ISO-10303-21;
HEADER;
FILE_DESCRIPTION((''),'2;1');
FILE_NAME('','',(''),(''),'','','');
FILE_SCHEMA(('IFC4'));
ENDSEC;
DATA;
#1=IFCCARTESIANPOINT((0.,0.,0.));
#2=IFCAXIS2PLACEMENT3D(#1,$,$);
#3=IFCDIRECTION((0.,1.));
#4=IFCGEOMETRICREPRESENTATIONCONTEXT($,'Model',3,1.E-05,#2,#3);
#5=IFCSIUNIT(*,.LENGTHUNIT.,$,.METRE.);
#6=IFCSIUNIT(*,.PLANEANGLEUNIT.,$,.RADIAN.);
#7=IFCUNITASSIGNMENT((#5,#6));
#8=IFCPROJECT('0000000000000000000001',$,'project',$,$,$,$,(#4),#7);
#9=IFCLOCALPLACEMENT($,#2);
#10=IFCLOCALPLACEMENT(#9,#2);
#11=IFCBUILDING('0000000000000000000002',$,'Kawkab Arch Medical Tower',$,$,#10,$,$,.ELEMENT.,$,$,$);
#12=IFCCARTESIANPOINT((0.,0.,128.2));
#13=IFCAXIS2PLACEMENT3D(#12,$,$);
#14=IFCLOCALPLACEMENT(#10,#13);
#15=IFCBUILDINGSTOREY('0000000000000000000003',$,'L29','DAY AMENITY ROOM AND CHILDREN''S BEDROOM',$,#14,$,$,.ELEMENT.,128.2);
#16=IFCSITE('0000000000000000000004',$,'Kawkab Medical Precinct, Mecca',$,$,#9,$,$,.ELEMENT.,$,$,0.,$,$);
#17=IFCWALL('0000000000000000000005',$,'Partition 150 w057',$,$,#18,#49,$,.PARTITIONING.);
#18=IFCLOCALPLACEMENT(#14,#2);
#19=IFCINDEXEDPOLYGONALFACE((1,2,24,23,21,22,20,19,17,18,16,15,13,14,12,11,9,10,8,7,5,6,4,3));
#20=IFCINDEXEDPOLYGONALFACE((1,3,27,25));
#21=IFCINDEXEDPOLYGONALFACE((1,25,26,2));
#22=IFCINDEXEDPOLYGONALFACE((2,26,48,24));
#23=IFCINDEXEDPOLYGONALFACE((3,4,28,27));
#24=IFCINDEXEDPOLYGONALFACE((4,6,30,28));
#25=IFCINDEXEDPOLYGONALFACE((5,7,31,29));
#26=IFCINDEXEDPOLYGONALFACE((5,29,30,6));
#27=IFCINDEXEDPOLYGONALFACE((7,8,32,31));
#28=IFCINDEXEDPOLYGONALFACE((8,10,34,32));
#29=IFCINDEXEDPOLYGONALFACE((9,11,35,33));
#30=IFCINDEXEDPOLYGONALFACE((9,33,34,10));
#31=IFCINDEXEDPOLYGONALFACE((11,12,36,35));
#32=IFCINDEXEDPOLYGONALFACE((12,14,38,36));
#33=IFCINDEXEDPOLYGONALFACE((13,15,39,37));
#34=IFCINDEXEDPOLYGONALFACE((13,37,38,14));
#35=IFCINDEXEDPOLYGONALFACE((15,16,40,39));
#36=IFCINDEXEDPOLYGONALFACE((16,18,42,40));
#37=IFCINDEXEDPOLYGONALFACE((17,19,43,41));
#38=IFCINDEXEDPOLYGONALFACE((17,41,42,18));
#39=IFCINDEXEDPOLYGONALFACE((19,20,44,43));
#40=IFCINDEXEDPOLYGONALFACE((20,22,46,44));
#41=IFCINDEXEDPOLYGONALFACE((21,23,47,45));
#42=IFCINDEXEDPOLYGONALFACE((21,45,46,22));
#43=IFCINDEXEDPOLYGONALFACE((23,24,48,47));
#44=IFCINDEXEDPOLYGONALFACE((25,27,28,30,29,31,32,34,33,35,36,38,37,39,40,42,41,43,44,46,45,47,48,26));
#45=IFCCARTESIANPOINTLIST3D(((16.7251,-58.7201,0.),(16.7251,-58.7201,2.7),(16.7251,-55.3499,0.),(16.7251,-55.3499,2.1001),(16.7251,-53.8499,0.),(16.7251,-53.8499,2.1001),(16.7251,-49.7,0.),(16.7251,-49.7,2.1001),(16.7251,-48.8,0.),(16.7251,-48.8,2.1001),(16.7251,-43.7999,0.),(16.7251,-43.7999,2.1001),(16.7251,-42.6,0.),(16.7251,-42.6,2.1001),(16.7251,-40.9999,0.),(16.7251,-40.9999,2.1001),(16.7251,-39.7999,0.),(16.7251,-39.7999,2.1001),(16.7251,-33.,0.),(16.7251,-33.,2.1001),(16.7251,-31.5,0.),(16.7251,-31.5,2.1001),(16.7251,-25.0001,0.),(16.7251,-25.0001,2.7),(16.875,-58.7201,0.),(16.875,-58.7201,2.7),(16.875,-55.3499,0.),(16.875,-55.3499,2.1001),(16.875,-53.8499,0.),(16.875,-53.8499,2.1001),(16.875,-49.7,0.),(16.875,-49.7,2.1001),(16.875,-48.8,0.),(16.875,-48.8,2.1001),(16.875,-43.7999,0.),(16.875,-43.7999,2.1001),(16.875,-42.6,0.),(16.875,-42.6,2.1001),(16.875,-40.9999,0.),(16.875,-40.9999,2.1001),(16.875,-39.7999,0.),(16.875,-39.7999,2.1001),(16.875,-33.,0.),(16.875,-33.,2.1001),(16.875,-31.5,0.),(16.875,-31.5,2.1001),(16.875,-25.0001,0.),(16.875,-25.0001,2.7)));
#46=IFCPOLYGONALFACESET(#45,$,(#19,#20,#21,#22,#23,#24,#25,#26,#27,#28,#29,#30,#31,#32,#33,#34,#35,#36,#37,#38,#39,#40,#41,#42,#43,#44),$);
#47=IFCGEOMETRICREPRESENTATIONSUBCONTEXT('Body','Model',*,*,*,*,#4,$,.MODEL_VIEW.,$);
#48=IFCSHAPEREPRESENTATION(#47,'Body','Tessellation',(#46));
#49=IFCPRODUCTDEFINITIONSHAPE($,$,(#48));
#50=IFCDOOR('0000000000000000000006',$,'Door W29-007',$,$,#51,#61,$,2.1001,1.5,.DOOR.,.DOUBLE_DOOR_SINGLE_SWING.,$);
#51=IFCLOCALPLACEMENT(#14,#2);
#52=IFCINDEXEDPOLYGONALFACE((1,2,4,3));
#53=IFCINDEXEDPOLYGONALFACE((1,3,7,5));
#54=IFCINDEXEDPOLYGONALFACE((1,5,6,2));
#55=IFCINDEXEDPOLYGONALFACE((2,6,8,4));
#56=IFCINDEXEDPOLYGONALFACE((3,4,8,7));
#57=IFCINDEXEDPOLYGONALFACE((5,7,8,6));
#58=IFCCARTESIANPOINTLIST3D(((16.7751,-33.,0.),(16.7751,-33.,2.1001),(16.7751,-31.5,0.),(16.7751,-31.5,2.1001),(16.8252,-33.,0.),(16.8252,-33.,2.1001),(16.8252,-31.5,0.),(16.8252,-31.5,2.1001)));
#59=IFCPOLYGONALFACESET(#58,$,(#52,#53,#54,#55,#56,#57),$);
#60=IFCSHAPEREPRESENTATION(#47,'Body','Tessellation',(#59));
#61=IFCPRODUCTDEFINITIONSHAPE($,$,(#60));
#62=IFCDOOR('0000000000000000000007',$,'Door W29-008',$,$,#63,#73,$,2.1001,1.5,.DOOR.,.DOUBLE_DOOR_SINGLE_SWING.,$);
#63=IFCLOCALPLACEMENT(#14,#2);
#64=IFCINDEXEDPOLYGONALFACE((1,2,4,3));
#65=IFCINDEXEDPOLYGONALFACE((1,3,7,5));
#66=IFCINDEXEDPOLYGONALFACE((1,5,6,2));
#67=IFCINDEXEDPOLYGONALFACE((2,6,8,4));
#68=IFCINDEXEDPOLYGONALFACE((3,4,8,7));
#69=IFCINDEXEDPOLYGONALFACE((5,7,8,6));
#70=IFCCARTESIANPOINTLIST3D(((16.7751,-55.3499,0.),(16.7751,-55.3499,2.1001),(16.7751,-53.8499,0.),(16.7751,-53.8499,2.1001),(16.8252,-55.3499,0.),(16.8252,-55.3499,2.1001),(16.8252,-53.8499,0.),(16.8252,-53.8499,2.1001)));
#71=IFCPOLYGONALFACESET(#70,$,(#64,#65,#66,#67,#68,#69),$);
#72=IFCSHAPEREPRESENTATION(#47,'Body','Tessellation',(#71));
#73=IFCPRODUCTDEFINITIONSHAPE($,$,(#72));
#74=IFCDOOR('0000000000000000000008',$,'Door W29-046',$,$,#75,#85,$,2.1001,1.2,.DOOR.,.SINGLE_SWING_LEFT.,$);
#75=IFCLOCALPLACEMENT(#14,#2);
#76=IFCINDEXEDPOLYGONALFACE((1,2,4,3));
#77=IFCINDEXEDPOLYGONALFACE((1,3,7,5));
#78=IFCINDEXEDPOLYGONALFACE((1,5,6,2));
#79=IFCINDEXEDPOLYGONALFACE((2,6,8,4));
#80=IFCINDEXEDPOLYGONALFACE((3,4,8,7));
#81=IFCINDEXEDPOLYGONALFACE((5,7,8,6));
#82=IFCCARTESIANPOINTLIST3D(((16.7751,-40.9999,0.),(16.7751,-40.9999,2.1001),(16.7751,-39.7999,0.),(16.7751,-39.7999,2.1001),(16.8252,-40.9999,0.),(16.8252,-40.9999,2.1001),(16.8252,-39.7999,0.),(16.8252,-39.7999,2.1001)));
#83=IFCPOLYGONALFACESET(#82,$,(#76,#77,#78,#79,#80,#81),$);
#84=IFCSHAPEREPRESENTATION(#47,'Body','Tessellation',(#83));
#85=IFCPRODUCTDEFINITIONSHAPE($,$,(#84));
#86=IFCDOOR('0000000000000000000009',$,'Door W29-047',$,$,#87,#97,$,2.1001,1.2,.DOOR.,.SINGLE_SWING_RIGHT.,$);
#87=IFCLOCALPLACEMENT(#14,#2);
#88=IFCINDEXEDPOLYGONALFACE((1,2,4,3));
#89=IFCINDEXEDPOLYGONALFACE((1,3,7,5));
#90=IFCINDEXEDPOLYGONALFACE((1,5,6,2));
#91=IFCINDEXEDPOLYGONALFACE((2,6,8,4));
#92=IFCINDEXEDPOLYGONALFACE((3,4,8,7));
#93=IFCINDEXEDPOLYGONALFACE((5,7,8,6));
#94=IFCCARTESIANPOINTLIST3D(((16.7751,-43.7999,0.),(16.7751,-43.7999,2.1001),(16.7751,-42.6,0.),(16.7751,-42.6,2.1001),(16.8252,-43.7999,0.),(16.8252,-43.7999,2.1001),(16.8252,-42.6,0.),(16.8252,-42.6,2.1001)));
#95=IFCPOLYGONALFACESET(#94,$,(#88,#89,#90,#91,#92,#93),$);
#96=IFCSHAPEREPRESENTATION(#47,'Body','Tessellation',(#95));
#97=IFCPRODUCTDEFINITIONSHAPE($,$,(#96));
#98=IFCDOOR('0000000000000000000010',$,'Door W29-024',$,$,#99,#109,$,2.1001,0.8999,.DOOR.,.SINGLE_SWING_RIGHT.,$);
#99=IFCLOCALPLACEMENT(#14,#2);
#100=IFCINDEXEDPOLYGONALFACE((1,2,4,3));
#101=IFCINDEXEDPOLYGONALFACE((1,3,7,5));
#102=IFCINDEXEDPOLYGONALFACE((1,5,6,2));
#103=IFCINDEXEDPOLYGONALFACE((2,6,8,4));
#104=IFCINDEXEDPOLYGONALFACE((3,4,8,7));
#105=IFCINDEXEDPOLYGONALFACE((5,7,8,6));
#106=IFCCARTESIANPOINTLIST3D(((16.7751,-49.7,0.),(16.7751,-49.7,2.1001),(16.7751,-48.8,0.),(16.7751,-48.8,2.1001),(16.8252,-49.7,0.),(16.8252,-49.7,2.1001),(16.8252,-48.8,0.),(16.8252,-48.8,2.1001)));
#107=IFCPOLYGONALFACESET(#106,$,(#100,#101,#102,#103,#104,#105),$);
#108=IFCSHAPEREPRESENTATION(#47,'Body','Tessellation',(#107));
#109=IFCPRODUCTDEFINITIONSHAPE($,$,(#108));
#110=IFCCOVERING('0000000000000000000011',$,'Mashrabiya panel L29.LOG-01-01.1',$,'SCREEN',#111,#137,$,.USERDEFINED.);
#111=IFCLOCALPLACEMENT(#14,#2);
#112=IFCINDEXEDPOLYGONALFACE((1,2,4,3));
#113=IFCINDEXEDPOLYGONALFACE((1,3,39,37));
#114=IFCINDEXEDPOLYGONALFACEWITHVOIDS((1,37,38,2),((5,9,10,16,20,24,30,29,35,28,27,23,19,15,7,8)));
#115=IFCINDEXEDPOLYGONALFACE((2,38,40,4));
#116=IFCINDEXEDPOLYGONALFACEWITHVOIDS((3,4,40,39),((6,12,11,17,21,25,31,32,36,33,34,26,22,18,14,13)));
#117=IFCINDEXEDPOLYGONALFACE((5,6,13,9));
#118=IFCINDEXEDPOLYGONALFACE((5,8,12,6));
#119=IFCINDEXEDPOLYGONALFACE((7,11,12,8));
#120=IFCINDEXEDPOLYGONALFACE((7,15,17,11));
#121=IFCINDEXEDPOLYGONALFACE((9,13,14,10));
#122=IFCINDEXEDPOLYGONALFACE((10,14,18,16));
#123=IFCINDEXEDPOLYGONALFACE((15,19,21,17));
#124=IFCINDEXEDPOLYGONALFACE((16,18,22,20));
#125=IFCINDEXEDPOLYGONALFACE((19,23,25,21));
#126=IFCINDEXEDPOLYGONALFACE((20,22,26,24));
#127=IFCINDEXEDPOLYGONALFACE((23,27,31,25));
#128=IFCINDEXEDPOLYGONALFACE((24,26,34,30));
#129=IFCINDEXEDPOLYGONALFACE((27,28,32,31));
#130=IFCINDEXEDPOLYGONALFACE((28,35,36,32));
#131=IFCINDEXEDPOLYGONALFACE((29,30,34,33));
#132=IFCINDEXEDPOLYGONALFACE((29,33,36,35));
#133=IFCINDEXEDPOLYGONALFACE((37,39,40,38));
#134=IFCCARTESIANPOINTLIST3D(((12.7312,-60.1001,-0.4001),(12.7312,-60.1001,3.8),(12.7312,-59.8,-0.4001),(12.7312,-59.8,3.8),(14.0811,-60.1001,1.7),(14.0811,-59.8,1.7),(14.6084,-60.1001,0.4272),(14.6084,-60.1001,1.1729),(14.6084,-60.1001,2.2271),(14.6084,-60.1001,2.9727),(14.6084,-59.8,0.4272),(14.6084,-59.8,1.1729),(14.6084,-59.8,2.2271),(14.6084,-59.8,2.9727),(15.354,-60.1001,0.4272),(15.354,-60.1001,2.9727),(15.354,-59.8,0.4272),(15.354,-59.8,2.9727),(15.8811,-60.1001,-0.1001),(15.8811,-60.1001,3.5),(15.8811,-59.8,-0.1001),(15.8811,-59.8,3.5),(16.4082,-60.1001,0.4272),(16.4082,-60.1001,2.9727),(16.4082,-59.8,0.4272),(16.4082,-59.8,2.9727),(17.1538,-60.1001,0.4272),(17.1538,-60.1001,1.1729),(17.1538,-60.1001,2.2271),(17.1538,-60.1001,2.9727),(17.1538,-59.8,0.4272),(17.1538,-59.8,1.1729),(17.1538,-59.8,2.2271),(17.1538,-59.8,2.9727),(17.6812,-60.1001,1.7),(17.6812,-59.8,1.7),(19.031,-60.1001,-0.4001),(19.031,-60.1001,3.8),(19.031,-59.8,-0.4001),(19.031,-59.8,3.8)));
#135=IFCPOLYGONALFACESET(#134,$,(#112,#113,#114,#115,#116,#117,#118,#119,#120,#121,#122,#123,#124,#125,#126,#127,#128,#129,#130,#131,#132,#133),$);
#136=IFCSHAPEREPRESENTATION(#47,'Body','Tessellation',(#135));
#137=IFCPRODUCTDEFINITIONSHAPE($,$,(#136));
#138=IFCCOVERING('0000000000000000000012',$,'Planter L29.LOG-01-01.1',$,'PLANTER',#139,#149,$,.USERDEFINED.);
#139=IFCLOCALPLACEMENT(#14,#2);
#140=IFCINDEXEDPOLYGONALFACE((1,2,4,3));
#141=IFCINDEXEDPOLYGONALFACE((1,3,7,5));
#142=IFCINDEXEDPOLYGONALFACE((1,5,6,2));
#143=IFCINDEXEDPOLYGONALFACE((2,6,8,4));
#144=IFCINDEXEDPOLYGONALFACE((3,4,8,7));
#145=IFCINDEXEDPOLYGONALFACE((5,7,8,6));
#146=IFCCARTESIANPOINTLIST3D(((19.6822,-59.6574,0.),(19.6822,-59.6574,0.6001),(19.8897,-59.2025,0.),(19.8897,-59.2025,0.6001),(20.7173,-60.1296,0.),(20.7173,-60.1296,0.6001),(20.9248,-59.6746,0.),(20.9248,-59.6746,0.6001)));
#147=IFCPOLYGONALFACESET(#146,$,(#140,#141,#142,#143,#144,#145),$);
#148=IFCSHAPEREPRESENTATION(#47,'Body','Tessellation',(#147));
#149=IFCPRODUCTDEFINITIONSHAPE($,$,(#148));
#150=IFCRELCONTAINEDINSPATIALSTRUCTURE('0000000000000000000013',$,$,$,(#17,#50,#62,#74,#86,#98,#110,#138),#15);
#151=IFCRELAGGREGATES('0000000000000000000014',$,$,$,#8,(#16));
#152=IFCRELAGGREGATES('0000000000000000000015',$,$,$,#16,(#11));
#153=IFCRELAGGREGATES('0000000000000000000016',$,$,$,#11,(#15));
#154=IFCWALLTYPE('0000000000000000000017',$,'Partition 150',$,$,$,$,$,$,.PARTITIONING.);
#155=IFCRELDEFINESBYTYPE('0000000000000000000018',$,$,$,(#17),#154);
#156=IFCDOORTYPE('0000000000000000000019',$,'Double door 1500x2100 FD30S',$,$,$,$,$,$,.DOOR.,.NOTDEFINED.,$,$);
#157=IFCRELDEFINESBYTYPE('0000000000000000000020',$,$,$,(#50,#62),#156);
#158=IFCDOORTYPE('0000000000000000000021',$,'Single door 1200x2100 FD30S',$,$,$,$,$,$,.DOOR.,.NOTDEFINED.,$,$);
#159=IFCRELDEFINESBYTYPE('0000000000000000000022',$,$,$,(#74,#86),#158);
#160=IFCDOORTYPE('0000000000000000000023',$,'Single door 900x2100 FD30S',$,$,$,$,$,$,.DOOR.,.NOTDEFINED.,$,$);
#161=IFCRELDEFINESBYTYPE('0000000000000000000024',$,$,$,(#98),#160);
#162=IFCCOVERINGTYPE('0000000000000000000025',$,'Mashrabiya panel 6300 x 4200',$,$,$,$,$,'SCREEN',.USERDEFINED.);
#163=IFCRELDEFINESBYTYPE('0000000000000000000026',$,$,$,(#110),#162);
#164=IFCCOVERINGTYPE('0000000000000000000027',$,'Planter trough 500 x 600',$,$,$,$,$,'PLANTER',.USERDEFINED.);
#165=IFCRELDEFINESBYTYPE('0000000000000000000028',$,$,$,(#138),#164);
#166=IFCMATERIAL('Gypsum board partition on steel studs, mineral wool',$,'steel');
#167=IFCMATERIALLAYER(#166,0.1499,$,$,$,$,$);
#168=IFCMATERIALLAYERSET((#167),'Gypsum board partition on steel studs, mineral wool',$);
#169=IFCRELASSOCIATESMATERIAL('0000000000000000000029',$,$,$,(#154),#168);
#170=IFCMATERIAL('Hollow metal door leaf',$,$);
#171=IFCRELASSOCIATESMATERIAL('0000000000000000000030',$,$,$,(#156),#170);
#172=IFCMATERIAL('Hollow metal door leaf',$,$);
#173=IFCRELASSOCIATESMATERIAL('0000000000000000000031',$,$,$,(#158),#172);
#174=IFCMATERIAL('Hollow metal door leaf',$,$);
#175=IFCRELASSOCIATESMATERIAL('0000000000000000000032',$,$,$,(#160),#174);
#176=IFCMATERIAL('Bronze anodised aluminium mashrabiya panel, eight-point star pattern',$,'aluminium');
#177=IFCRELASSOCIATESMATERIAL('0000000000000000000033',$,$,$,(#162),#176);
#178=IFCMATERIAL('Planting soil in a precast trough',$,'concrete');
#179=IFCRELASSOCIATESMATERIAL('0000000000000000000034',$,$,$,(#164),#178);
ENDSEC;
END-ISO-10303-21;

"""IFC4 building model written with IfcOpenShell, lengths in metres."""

from ifc_helpers import new_model, si_unit, direction, frame, frame_2d, origin, origin_2d, place, context, subcontext, project, spatial, polyline, rectangle, outline, extrude, material, layer, layer_set, material_profile, profile_set, type_object, element, fill, save


model = new_model("IFC4")

# Units and contexts
model_context = context("Model", 3, precision=1e-05, world=origin(), true_north=direction((0.0, 1.0)))
body_context = subcontext(model_context, "Body", "Model", "MODEL_VIEW")
ifc_project = project(units=[si_unit("LENGTHUNIT", "METRE"), si_unit("PLANEANGLEUNIT", "RADIAN")], contexts=[model_context])

# Site, building, storey
site_placement = place(None, origin())
site = spatial("IfcSite", under=ifc_project, at=site_placement, Name="Kawkab Medical Precinct, Mecca", CompositionType="ELEMENT", RefElevation=0.0)
building_placement = place(site_placement, origin())
building = spatial("IfcBuilding", under=site, at=building_placement, Name="Kawkab Arch Medical Tower", CompositionType="ELEMENT")
storey_placement = place(building_placement, frame((0.0, 0.0, 128.2)))
storey = spatial("IfcBuildingStorey", under=building, at=storey_placement, Name="L29", Description="DAY AMENITY ROOM AND CHILDREN'S BEDROOM", CompositionType="ELEMENT", Elevation=128.2)

# Wall, openings, doors
ifc_material_1 = material(Name="Gypsum board partition on steel studs, mineral wool", Category="steel")
ifc_layer_1 = layer(ifc_material_1, 0.1499)
ifc_layer_set_1 = layer_set([ifc_layer_1], Name="Gypsum board partition on steel studs, mineral wool")
wall_type = type_object("IfcWallType", Name="Partition 150", PredefinedType="PARTITIONING", material=ifc_layer_set_1)
wall_placement = place(storey_placement, frame((16.8, -58.72, 0.0), z_axis=(0.0, 0.0, 1.0), x_axis=(0.0, 1.0, 0.0)))
wall = element("IfcWall", 1, at=wall_placement, inside=storey, type_object=wall_type, Name="Partition 150 w057", PredefinedType="PARTITIONING", context=body_context, shape_type="SweptSolid", body=[
    extrude(rectangle(XDim=33.72, YDim=0.1499, at=frame_2d((16.8599, 0.0))), origin(), (0.0, 0.0, 1.0), 2.7),
])
opening_1_placement = place(wall_placement, frame((25.72, 0.0, 0.0)))
opening_1 = element("IfcOpeningElement", 2, at=opening_1_placement, cuts=wall, PredefinedType="OPENING", context=body_context, shape_type="SweptSolid", body=[
    extrude(rectangle(XDim=1.5, YDim=2.1001, at=frame_2d((0.75, 1.05))), frame((0.0, 0.085, 0.0), z_axis=(0.0, -1.0, 0.0), x_axis=(1.0, 0.0, 0.0)), (0.0, 0.0, 1.0), 0.1699),
])
opening_2_placement = place(wall_placement, frame((17.72, 0.0, 0.0)))
opening_2 = element("IfcOpeningElement", 3, at=opening_2_placement, cuts=wall, PredefinedType="OPENING", context=body_context, shape_type="SweptSolid", body=[
    extrude(rectangle(XDim=1.2, YDim=2.1001, at=frame_2d((0.6001, 1.05))), frame((0.0, 0.085, 0.0), z_axis=(0.0, -1.0, 0.0), x_axis=(1.0, 0.0, 0.0)), (0.0, 0.0, 1.0), 0.1699),
])
opening_3_placement = place(wall_placement, frame((14.9199, 0.0, 0.0)))
opening_3 = element("IfcOpeningElement", 4, at=opening_3_placement, cuts=wall, PredefinedType="OPENING", context=body_context, shape_type="SweptSolid", body=[
    extrude(rectangle(XDim=1.2, YDim=2.1001, at=frame_2d((0.6001, 1.05))), frame((0.0, 0.085, 0.0), z_axis=(0.0, -1.0, 0.0), x_axis=(1.0, 0.0, 0.0)), (0.0, 0.0, 1.0), 0.1699),
])
opening_4_placement = place(wall_placement, frame((9.02, 0.0, 0.0)))
opening_4 = element("IfcOpeningElement", 5, at=opening_4_placement, cuts=wall, PredefinedType="OPENING", context=body_context, shape_type="SweptSolid", body=[
    extrude(rectangle(XDim=0.8999, YDim=2.1001, at=frame_2d((0.45, 1.05))), frame((0.0, 0.085, 0.0), z_axis=(0.0, -1.0, 0.0), x_axis=(1.0, 0.0, 0.0)), (0.0, 0.0, 1.0), 0.1699),
])
opening_5_placement = place(wall_placement, frame((3.3701, 0.0, 0.0)))
opening_5 = element("IfcOpeningElement", 6, at=opening_5_placement, cuts=wall, PredefinedType="OPENING", context=body_context, shape_type="SweptSolid", body=[
    extrude(rectangle(XDim=1.5, YDim=2.1001, at=frame_2d((0.75, 1.05))), frame((0.0, 0.085, 0.0), z_axis=(0.0, -1.0, 0.0), x_axis=(1.0, 0.0, 0.0)), (0.0, 0.0, 1.0), 0.1699),
])
ifc_material_2 = material(Name="Hollow metal door leaf")
door_type_1 = type_object("IfcDoorType", Name="Double door 1500x2100 FD30S", OperationType="NOTDEFINED", PredefinedType="DOOR", material=ifc_material_2)
door_1_placement = place(opening_1_placement, origin())
door_1 = element("IfcDoor", 7, at=door_1_placement, inside=storey, type_object=door_type_1, Name="Door W29-007", OperationType="DOUBLE_DOOR_SINGLE_SWING", OverallHeight=2.1001, OverallWidth=1.5, PredefinedType="DOOR", context=body_context, shape_type="SweptSolid", body=[
    extrude(rectangle(XDim=1.5, YDim=2.1001, at=frame_2d((0.75, 1.05))), frame((0.0, 0.0249, 0.0), z_axis=(0.0, -1.0, 0.0), x_axis=(1.0, 0.0, 0.0)), (0.0, 0.0, 1.0), 0.05),
])
fill(opening_1, door_1)
door_2_placement = place(opening_5_placement, origin())
door_2 = element("IfcDoor", 8, at=door_2_placement, inside=storey, type_object=door_type_1, Name="Door W29-008", OperationType="DOUBLE_DOOR_SINGLE_SWING", OverallHeight=2.1001, OverallWidth=1.5, PredefinedType="DOOR", context=body_context, shape_type="SweptSolid", body=[
    extrude(rectangle(XDim=1.5, YDim=2.1001, at=frame_2d((0.75, 1.05))), frame((0.0, 0.0249, 0.0), z_axis=(0.0, -1.0, 0.0), x_axis=(1.0, 0.0, 0.0)), (0.0, 0.0, 1.0), 0.05),
])
fill(opening_5, door_2)
ifc_material_3 = material(Name="Hollow metal door leaf")
door_type_2 = type_object("IfcDoorType", Name="Single door 1200x2100 FD30S", OperationType="NOTDEFINED", PredefinedType="DOOR", material=ifc_material_3)
door_3_placement = place(opening_2_placement, origin())
door_3 = element("IfcDoor", 9, at=door_3_placement, inside=storey, type_object=door_type_2, Name="Door W29-046", OperationType="SINGLE_SWING_LEFT", OverallHeight=2.1001, OverallWidth=1.2, PredefinedType="DOOR", context=body_context, shape_type="SweptSolid", body=[
    extrude(rectangle(XDim=1.2, YDim=2.1001, at=frame_2d((0.6001, 1.05))), frame((0.0, 0.0249, 0.0), z_axis=(0.0, -1.0, 0.0), x_axis=(1.0, 0.0, 0.0)), (0.0, 0.0, 1.0), 0.05),
])
fill(opening_2, door_3)
door_4_placement = place(opening_3_placement, origin())
door_4 = element("IfcDoor", 10, at=door_4_placement, inside=storey, type_object=door_type_2, Name="Door W29-047", OperationType="SINGLE_SWING_RIGHT", OverallHeight=2.1001, OverallWidth=1.2, PredefinedType="DOOR", context=body_context, shape_type="SweptSolid", body=[
    extrude(rectangle(XDim=1.2, YDim=2.1001, at=frame_2d((0.6001, 1.05))), frame((0.0, 0.0249, 0.0), z_axis=(0.0, -1.0, 0.0), x_axis=(1.0, 0.0, 0.0)), (0.0, 0.0, 1.0), 0.05),
])
fill(opening_3, door_4)
ifc_material_4 = material(Name="Hollow metal door leaf")
door_type_3 = type_object("IfcDoorType", Name="Single door 900x2100 FD30S", OperationType="NOTDEFINED", PredefinedType="DOOR", material=ifc_material_4)
door_5_placement = place(opening_4_placement, origin())
door_5 = element("IfcDoor", 11, at=door_5_placement, inside=storey, type_object=door_type_3, Name="Door W29-024", OperationType="SINGLE_SWING_RIGHT", OverallHeight=2.1001, OverallWidth=0.8999, PredefinedType="DOOR", context=body_context, shape_type="SweptSolid", body=[
    extrude(rectangle(XDim=0.8999, YDim=2.1001, at=frame_2d((0.45, 1.05))), frame((0.0, 0.0249, 0.0), z_axis=(0.0, -1.0, 0.0), x_axis=(1.0, 0.0, 0.0)), (0.0, 0.0, 1.0), 0.05),
])
fill(opening_4, door_5)

# Coverings
ifc_material_5 = material(Name="Bronze anodised aluminium mashrabiya panel, eight-point star pattern", Category="aluminium")
ifc_material_profile_1 = material_profile(ifc_material_5, outline(polyline([(-3.1499, -2.1001), (3.1499, -2.1001), (3.1499, 2.1001), (-3.1499, 2.1001), (-3.1499, -2.1001)]), holes=[polyline([(1.8, 0.0), (1.2727, 0.5271), (1.2727, 1.2727), (0.5271, 1.2727), (0.0, 1.8), (-0.5271, 1.2727), (-1.2727, 1.2727), (-1.2727, 0.5271), (-1.8, 0.0), (-1.2727, -0.5271), (-1.2727, -1.2727), (-0.5271, -1.2727), (0.0, -1.8), (0.5271, -1.2727), (1.2727, -1.2727), (1.2727, -0.5271), (1.8, 0.0)])]), Name="Mashrabiya panel 6300x4200")
ifc_profile_set_1 = profile_set([ifc_material_profile_1], Name="Bronze anodised aluminium mashrabiya panel, eight-point star pattern")
covering_type_1 = type_object("IfcCoveringType", Name="Mashrabiya panel 6300 x 4200", ElementType="SCREEN", PredefinedType="USERDEFINED", material=ifc_profile_set_1)
covering_1_placement = place(storey_placement, frame((15.8811, -59.8, 1.7), z_axis=(0.0, -1.0, 0.0), x_axis=(1.0, 0.0, 0.0)))
element("IfcCovering", 12, at=covering_1_placement, inside=storey, type_object=covering_type_1, Name="Mashrabiya panel L29.LOG-01-01.1", ObjectType="SCREEN", PredefinedType="USERDEFINED", context=body_context, shape_type="SweptSolid", body=[
    extrude(outline(polyline([(-3.1499, -2.1001), (3.1499, -2.1001), (3.1499, 2.1001), (-3.1499, 2.1001), (-3.1499, -2.1001)]), holes=[polyline([(1.8, 0.0), (1.2727, 0.5271), (1.2727, 1.2727), (0.5271, 1.2727), (0.0, 1.8), (-0.5271, 1.2727), (-1.2727, 1.2727), (-1.2727, 0.5271), (-1.8, 0.0), (-1.2727, -0.5271), (-1.2727, -1.2727), (-0.5271, -1.2727), (0.0, -1.8), (0.5271, -1.2727), (1.2727, -1.2727), (1.2727, -0.5271), (1.8, 0.0)])]), origin(), (0.0, 0.0, 1.0), 0.3),
])
ifc_material_6 = material(Name="Planting soil in a precast trough", Category="concrete")
ifc_material_profile_2 = material_profile(ifc_material_6, rectangle(XDim=0.5, YDim=0.6001, at=origin_2d()), Name="Trough 500x600")
ifc_profile_set_2 = profile_set([ifc_material_profile_2], Name="Planting soil in a precast trough")
covering_type_2 = type_object("IfcCoveringType", Name="Planter trough 500 x 600", ElementType="PLANTER", PredefinedType="USERDEFINED", material=ifc_profile_set_2)
covering_2_placement = place(storey_placement, frame((20.821, -59.9021, 0.3), z_axis=(-0.909822, 0.414999, 0.0), x_axis=(-0.414999, -0.909822, 0.0)))
element("IfcCovering", 13, at=covering_2_placement, inside=storey, type_object=covering_type_2, Name="Planter L29.LOG-01-01.1", ObjectType="PLANTER", PredefinedType="USERDEFINED", context=body_context, shape_type="SweptSolid", body=[
    extrude(rectangle(XDim=0.5, YDim=0.6001, at=origin_2d()), origin(), (0.0, 0.0, 1.0), 1.1377),
])

save(model, "model.ifc")
